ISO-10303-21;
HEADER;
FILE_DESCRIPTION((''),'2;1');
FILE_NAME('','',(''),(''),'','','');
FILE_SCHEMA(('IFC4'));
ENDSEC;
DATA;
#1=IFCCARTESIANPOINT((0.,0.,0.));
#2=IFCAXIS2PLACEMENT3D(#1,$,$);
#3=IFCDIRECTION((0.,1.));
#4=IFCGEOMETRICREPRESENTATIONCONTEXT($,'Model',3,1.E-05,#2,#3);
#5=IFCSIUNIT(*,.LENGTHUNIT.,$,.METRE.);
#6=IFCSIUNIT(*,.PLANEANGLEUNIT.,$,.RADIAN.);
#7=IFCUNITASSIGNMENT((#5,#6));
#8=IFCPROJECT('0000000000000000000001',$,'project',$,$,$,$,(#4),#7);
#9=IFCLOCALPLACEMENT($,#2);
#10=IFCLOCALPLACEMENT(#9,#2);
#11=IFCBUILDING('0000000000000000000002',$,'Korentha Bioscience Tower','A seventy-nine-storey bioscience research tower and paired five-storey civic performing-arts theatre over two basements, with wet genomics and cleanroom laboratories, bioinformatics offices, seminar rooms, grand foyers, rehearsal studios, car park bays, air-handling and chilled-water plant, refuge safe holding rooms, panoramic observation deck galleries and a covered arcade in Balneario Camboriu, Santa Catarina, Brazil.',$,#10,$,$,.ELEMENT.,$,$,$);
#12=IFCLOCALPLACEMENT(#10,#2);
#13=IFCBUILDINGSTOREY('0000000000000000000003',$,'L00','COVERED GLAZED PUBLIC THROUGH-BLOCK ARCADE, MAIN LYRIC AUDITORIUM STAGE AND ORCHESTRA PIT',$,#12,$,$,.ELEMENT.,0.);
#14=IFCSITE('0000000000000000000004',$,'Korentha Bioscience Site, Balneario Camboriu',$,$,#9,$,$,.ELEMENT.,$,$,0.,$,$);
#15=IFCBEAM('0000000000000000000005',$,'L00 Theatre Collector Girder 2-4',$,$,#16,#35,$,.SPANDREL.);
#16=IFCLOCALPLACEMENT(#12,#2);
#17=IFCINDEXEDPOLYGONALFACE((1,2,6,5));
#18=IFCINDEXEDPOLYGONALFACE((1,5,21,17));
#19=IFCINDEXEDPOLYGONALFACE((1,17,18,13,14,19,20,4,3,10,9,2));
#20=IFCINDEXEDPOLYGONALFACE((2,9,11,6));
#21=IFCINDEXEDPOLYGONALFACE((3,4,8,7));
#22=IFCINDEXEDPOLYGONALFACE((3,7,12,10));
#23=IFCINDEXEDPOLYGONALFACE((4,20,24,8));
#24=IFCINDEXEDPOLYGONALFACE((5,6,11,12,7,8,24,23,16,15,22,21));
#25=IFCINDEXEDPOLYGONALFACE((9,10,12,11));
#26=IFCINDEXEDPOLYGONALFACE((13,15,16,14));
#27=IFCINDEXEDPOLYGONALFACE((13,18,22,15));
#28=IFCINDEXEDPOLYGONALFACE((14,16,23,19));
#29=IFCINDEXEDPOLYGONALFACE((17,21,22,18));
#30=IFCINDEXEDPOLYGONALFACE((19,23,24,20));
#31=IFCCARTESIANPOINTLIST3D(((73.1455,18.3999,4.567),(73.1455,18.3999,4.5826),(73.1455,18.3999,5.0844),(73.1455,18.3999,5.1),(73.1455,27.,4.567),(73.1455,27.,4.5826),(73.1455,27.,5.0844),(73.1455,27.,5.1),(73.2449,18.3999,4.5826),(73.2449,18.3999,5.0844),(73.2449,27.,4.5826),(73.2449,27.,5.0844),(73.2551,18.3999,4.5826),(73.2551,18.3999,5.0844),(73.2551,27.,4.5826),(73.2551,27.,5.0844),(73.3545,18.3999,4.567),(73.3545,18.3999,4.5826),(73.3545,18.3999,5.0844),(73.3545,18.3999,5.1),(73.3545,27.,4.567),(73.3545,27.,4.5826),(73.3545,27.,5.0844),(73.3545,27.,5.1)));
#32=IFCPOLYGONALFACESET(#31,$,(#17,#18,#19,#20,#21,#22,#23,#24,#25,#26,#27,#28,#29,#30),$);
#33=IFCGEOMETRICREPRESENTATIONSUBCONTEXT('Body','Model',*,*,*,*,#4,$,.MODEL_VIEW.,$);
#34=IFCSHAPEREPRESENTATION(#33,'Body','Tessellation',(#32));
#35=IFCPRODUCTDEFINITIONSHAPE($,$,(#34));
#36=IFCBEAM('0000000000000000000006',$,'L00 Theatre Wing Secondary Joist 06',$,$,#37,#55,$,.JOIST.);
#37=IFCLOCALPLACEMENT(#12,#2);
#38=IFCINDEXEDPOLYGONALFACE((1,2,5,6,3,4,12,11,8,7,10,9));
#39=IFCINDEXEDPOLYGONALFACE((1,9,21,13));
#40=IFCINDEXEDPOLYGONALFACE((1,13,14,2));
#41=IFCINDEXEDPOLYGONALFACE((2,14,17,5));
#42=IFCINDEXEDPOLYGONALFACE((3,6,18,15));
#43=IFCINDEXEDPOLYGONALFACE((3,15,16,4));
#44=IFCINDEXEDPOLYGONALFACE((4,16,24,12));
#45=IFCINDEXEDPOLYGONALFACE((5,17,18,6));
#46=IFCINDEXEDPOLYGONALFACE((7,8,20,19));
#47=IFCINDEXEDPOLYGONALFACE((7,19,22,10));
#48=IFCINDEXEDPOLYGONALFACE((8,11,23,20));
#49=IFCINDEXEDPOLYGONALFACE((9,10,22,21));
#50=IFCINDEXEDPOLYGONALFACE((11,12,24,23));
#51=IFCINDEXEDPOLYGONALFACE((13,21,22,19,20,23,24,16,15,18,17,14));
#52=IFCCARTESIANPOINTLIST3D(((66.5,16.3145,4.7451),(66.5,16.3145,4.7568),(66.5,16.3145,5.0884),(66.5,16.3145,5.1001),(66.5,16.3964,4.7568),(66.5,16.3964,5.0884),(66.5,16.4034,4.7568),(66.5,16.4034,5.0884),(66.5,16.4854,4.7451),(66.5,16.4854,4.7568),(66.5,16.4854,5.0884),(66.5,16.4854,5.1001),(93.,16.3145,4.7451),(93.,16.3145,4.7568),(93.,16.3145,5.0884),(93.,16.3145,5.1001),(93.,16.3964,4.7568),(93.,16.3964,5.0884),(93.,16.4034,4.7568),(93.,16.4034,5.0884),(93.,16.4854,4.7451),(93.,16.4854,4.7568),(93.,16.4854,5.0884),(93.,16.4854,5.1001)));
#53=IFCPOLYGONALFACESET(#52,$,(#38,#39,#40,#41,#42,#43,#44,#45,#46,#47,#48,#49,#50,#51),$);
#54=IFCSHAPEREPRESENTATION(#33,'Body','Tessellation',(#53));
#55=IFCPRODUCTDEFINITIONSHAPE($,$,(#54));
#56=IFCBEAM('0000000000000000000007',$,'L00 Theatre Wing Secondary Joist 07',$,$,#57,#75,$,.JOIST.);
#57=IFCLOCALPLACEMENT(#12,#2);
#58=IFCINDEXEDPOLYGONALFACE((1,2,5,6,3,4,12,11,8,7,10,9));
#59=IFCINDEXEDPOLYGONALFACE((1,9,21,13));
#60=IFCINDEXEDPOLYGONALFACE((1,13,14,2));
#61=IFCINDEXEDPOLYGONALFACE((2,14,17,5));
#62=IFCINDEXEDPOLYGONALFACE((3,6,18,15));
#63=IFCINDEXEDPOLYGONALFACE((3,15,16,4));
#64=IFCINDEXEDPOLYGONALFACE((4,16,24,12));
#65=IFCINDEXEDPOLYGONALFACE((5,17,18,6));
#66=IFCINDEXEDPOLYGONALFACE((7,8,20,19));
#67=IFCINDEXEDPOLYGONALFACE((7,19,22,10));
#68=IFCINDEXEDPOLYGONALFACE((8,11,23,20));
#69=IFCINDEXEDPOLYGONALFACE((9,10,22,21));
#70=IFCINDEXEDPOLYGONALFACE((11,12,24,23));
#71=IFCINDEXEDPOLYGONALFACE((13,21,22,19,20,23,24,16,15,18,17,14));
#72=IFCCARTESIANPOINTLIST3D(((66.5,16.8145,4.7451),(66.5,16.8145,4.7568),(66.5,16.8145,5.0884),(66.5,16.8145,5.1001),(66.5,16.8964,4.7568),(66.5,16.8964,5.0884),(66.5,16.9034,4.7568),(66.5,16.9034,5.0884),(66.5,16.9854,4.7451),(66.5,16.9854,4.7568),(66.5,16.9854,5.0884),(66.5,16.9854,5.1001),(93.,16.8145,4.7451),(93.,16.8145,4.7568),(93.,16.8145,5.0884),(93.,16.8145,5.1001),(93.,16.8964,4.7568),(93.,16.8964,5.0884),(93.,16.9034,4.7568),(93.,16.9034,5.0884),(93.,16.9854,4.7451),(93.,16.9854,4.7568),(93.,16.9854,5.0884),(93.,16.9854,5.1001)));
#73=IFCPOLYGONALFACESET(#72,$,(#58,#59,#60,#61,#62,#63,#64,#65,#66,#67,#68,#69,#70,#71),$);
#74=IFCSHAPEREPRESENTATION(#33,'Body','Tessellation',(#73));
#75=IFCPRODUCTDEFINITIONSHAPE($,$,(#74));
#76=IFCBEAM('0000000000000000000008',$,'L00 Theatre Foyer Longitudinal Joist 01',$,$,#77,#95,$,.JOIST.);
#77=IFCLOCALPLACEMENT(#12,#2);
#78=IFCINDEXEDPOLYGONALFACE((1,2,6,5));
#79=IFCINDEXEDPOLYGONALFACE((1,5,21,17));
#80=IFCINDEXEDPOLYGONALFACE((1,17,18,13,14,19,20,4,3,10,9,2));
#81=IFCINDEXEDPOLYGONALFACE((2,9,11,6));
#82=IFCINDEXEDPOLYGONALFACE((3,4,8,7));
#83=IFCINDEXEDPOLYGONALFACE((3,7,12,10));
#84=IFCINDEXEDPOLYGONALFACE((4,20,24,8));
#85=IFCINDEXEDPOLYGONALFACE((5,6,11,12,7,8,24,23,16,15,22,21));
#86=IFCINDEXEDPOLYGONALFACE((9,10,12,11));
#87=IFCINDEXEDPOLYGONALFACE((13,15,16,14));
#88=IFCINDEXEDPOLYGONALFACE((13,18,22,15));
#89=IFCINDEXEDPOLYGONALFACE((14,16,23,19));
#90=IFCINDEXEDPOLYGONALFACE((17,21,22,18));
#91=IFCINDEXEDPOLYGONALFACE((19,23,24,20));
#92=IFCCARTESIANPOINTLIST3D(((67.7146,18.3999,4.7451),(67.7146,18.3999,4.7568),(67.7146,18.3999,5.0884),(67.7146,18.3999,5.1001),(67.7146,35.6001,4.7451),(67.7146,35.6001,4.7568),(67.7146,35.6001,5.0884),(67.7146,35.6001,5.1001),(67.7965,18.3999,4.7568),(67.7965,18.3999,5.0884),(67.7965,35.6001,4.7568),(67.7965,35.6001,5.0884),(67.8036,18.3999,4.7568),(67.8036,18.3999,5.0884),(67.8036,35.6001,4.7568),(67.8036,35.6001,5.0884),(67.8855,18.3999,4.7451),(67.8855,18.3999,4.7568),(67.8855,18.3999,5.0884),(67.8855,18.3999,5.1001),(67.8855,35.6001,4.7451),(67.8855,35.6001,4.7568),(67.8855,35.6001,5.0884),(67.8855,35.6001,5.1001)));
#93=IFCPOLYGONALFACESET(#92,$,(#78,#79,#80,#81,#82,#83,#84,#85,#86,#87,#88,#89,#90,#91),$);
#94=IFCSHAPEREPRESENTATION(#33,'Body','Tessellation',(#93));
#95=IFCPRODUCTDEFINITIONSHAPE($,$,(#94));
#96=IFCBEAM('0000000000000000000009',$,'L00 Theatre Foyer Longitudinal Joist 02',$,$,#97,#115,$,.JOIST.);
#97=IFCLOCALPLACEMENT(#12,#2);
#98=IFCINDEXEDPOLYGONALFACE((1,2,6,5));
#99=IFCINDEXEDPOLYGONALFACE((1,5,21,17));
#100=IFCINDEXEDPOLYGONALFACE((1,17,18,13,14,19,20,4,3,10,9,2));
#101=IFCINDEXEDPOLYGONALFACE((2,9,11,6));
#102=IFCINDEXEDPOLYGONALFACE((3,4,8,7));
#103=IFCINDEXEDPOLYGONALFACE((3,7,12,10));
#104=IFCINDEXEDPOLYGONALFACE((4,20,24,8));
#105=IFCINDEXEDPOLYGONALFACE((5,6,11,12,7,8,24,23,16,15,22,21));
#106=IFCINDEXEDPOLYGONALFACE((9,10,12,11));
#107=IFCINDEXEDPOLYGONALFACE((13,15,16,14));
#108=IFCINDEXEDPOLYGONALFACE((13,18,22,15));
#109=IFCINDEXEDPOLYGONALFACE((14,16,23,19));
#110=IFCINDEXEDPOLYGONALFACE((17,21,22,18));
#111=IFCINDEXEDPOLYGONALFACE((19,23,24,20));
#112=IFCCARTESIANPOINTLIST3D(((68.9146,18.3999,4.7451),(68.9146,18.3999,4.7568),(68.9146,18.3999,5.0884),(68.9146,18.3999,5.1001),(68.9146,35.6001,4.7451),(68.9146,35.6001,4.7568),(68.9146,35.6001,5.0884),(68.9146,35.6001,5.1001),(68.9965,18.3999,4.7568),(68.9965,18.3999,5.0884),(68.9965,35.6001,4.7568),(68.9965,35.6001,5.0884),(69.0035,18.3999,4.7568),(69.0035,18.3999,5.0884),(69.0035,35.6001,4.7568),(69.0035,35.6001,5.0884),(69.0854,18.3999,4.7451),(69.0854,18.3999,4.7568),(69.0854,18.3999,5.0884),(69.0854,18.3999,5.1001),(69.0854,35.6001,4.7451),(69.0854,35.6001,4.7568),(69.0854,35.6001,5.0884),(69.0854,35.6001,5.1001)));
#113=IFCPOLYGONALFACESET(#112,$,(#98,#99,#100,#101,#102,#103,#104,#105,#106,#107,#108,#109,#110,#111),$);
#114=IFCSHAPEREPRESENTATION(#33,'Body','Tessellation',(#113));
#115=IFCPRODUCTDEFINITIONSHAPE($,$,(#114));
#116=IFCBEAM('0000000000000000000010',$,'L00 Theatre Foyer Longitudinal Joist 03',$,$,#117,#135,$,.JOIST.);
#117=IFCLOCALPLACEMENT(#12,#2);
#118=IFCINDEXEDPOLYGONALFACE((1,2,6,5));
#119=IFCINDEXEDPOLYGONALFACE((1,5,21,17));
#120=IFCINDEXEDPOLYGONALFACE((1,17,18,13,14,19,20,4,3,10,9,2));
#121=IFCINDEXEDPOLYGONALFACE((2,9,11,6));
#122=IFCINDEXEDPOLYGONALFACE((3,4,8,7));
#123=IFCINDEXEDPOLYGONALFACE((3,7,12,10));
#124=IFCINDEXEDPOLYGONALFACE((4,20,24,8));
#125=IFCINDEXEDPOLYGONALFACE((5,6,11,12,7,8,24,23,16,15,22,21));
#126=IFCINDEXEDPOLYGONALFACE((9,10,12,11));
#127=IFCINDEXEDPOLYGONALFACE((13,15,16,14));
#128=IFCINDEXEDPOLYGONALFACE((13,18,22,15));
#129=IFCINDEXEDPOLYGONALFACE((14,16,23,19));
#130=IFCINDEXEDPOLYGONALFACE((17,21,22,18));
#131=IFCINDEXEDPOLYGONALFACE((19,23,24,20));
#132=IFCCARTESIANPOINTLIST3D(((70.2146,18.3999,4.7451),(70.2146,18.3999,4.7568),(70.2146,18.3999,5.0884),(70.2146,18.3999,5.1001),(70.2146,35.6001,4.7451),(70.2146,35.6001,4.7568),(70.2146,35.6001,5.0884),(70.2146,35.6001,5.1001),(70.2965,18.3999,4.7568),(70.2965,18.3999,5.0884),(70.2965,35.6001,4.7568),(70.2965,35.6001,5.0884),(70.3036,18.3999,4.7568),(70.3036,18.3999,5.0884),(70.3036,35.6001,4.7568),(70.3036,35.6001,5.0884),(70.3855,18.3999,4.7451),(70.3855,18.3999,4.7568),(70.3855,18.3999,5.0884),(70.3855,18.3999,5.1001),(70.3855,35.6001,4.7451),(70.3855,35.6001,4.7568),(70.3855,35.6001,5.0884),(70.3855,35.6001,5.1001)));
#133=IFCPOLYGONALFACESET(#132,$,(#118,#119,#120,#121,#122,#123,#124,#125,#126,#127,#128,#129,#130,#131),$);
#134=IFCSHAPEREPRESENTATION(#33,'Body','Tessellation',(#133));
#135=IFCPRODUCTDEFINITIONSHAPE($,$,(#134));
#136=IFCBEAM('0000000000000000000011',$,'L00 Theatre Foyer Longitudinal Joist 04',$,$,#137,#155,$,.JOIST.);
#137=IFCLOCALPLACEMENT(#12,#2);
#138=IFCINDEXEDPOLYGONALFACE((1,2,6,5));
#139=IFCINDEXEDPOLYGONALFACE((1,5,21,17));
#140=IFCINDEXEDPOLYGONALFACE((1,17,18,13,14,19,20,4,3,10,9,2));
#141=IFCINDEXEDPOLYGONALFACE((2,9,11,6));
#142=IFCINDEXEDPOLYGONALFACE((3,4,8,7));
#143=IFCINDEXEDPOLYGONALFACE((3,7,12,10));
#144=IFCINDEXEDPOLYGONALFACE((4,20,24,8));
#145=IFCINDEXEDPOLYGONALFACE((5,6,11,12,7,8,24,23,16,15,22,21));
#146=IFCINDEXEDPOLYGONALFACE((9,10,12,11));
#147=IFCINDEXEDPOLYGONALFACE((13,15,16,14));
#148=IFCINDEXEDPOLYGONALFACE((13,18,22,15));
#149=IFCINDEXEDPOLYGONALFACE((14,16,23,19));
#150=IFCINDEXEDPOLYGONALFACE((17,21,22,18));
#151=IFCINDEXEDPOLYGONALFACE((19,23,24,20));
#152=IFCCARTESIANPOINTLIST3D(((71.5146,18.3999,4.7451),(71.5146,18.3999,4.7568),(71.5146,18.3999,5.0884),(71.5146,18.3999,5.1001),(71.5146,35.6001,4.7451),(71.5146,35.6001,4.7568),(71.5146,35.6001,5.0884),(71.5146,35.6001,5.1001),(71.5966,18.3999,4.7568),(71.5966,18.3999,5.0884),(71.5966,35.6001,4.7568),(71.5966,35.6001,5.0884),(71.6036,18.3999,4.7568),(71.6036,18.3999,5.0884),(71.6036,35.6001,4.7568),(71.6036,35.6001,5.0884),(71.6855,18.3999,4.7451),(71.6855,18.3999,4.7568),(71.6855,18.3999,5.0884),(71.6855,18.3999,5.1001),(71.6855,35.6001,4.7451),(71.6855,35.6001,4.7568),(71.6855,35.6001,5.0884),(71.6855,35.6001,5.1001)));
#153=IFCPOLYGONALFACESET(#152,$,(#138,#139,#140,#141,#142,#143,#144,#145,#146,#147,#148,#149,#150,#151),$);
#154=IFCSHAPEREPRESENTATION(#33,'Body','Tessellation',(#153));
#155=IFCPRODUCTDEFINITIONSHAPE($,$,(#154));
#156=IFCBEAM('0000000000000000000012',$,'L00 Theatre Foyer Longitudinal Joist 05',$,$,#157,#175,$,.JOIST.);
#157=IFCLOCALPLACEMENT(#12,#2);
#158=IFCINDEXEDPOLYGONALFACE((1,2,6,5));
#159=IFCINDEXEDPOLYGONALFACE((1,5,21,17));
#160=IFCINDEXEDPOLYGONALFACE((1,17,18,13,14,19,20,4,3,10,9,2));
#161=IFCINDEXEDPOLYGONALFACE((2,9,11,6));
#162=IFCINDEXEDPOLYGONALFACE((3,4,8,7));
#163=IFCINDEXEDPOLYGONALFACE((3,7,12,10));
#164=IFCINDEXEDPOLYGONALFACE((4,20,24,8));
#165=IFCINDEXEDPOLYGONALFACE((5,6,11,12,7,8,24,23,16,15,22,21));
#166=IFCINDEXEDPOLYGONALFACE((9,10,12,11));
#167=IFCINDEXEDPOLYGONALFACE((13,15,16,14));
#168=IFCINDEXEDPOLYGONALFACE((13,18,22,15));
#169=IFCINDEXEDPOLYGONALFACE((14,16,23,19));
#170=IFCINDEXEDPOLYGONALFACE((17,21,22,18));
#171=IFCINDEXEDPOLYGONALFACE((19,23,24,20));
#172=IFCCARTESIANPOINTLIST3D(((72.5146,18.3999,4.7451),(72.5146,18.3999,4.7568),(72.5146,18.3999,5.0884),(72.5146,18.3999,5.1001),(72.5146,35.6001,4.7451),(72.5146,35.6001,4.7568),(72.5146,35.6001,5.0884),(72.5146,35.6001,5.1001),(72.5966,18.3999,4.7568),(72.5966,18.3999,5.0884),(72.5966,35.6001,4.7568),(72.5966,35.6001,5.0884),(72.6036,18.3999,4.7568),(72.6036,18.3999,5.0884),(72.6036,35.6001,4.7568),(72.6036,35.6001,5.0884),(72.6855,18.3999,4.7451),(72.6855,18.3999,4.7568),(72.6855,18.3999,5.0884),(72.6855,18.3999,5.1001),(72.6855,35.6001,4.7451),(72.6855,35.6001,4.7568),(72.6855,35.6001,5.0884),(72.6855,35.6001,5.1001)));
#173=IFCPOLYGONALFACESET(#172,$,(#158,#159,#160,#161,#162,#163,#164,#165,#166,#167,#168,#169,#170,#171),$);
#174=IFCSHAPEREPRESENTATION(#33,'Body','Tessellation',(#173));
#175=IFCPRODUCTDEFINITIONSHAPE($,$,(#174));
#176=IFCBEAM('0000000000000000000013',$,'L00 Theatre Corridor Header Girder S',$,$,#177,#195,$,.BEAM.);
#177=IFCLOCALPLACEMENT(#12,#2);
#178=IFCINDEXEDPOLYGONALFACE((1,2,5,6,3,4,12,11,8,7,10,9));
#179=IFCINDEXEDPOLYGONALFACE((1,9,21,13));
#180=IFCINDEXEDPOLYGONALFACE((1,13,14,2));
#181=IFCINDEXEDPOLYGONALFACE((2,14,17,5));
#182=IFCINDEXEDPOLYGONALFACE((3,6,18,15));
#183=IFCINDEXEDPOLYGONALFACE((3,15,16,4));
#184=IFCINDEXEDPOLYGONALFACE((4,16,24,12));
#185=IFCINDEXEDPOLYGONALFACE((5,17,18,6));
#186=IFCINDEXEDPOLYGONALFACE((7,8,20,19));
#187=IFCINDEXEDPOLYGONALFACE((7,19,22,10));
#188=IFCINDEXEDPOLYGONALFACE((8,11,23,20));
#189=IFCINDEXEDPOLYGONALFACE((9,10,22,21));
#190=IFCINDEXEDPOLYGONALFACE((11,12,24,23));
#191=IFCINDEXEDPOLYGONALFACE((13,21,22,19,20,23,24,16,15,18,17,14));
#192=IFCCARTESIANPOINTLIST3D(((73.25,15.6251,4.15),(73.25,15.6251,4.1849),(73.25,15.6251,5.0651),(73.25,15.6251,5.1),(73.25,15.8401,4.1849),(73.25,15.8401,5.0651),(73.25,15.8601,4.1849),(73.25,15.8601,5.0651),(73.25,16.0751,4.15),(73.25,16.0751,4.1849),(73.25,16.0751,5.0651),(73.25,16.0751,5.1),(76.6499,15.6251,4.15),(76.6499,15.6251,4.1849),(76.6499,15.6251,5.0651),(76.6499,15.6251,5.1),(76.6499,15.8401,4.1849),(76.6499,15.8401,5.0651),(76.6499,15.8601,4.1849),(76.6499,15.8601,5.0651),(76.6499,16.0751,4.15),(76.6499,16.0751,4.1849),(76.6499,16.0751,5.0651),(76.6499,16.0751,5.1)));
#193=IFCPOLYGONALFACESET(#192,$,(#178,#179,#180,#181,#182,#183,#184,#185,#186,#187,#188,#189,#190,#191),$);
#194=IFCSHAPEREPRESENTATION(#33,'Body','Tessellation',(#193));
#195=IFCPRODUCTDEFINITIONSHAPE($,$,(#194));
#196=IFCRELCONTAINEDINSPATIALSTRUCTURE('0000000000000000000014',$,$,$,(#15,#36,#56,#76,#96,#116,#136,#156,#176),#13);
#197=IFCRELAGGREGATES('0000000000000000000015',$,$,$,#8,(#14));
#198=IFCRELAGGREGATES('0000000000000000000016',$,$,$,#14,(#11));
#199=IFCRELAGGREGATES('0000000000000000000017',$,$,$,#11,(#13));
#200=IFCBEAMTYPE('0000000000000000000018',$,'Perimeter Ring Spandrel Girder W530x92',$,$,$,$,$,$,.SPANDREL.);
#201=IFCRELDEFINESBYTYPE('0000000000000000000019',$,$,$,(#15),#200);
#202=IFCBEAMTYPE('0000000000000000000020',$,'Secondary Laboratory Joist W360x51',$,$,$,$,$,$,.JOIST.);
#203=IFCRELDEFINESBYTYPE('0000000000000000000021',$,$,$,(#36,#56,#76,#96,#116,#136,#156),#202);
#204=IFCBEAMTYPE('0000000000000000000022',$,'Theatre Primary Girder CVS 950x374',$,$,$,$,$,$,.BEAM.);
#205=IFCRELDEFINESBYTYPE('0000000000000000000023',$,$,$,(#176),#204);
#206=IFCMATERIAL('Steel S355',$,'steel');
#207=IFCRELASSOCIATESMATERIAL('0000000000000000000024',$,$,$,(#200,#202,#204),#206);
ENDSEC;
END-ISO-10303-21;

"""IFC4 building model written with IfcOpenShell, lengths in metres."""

from ifc_helpers import new_model, si_unit, direction, frame, origin, origin_2d, place, context, subcontext, project, spatial, i_section, extrude, material, material_profile, profile_set, type_object, element, save


model = new_model("IFC4")

# Units and contexts
model_context = context("Model", 3, precision=1e-05, world=origin(), true_north=direction((0.0, 1.0)))
body_context = subcontext(model_context, "Body", "Model", "MODEL_VIEW")
ifc_project = project(units=[si_unit("LENGTHUNIT", "METRE"), si_unit("PLANEANGLEUNIT", "RADIAN")], contexts=[model_context])

# Site, building, storey
site_placement = place(None, origin())
site = spatial("IfcSite", under=ifc_project, at=site_placement, Name="Korentha Bioscience Site, Balneario Camboriu", CompositionType="ELEMENT", RefElevation=0.0)
building_placement = place(site_placement, origin())
building = spatial("IfcBuilding", under=site, at=building_placement, Name="Korentha Bioscience Tower", Description="A seventy-nine-storey bioscience research tower and paired five-storey civic performing-arts theatre over two basements, with wet genomics and cleanroom laboratories, bioinformatics offices, seminar rooms, grand foyers, rehearsal studios, car park bays, air-handling and chilled-water plant, refuge safe holding rooms, panoramic observation deck galleries and a covered arcade in Balneario Camboriu, Santa Catarina, Brazil.", CompositionType="ELEMENT")
storey_placement = place(building_placement, origin())
storey = spatial("IfcBuildingStorey", under=building, at=storey_placement, Name="L00", Description="COVERED GLAZED PUBLIC THROUGH-BLOCK ARCADE, MAIN LYRIC AUDITORIUM STAGE AND ORCHESTRA PIT", CompositionType="ELEMENT", Elevation=0.0)

# Shared definitions
ifc_material_1 = material(Name="Steel S355", Category="steel")

# Beams
ifc_material_profile_1 = material_profile(ifc_material_1, i_section(OverallWidth=0.209, OverallDepth=0.533, WebThickness=0.0103, FlangeThickness=0.0156, at=origin_2d()), Name="Steel S355")
ifc_profile_set_1 = profile_set([ifc_material_profile_1], Name="Steel S355 (SB-530)")
beam_type_1 = type_object("IfcBeamType", Name="Perimeter Ring Spandrel Girder W530x92", PredefinedType="SPANDREL", material=ifc_profile_set_1)
beam_1_placement = place(storey_placement, frame((73.25, 18.3999, 4.8335), z_axis=(0.0, 1.0, 0.0), x_axis=(-1.0, 0.0, 0.0)))
element("IfcBeam", 1, at=beam_1_placement, inside=storey, type_object=beam_type_1, Name="L00 Theatre Collector Girder 2-4", PredefinedType="SPANDREL", context=body_context, shape_type="SweptSolid", body=[
    extrude(i_section(OverallWidth=0.209, OverallDepth=0.533, WebThickness=0.0103, FlangeThickness=0.0156, at=origin_2d()), origin(), (0.0, 0.0, 1.0), 8.6001),
])
ifc_material_profile_2 = material_profile(ifc_material_1, i_section(OverallWidth=0.1709, OverallDepth=0.355, WebThickness=0.0071, FlangeThickness=0.0117, at=origin_2d()), Name="Steel S355")
ifc_profile_set_2 = profile_set([ifc_material_profile_2], Name="Steel S355 (JB-360)")
beam_type_2 = type_object("IfcBeamType", Name="Secondary Laboratory Joist W360x51", PredefinedType="JOIST", material=ifc_profile_set_2)
for number, where, z_axis, x_axis, name in (
    (2, (66.5, 16.3999, 4.9226), (1.0, 0.0, 0.0), (0.0, 1.0, 0.0), "L00 Theatre Wing Secondary Joist 06"),
    (3, (66.5, 16.8999, 4.9226), (1.0, 0.0, 0.0), (0.0, 1.0, 0.0), "L00 Theatre Wing Secondary Joist 07"),
):
    element("IfcBeam", number, at=place(storey_placement, frame(where, z_axis=z_axis, x_axis=x_axis)), inside=storey, type_object=beam_type_2, Name=name, PredefinedType="JOIST", context=body_context, shape_type="SweptSolid", body=[
        extrude(i_section(OverallWidth=0.1709, OverallDepth=0.355, WebThickness=0.0071, FlangeThickness=0.0117, at=origin_2d()), origin(), (0.0, 0.0, 1.0), 26.5),
    ])
for number, where, z_axis, x_axis, name in (
    (4, (67.8, 18.3999, 4.9226), (0.0, 1.0, 0.0), (-1.0, 0.0, 0.0), "L00 Theatre Foyer Longitudinal Joist 01"),
    (5, (69.0, 18.3999, 4.9226), (0.0, 1.0, 0.0), (-1.0, 0.0, 0.0), "L00 Theatre Foyer Longitudinal Joist 02"),
    (6, (70.3, 18.3999, 4.9226), (0.0, 1.0, 0.0), (-1.0, 0.0, 0.0), "L00 Theatre Foyer Longitudinal Joist 03"),
    (7, (71.6001, 18.3999, 4.9226), (0.0, 1.0, 0.0), (-1.0, 0.0, 0.0), "L00 Theatre Foyer Longitudinal Joist 04"),
    (8, (72.6001, 18.3999, 4.9226), (0.0, 1.0, 0.0), (-1.0, 0.0, 0.0), "L00 Theatre Foyer Longitudinal Joist 05"),
):
    element("IfcBeam", number, at=place(storey_placement, frame(where, z_axis=z_axis, x_axis=x_axis)), inside=storey, type_object=beam_type_2, Name=name, PredefinedType="JOIST", context=body_context, shape_type="SweptSolid", body=[
        extrude(i_section(OverallWidth=0.1709, OverallDepth=0.355, WebThickness=0.0071, FlangeThickness=0.0117, at=origin_2d()), origin(), (0.0, 0.0, 1.0), 17.2002),
    ])
ifc_material_profile_3 = material_profile(ifc_material_1, i_section(OverallWidth=0.45, OverallDepth=0.95, WebThickness=0.02, FlangeThickness=0.0349, at=origin_2d()), Name="Steel S355")
ifc_profile_set_3 = profile_set([ifc_material_profile_3], Name="Steel S355 (TB-950)")
beam_type_3 = type_object("IfcBeamType", Name="Theatre Primary Girder CVS 950x374", PredefinedType="BEAM", material=ifc_profile_set_3)
beam_2_placement = place(storey_placement, frame((73.25, 15.8501, 4.625), z_axis=(1.0, 0.0, 0.0), x_axis=(0.0, 1.0, 0.0)))
element("IfcBeam", 9, at=beam_2_placement, inside=storey, type_object=beam_type_3, Name="L00 Theatre Corridor Header Girder S", PredefinedType="BEAM", context=body_context, shape_type="SweptSolid", body=[
    extrude(i_section(OverallWidth=0.45, OverallDepth=0.95, WebThickness=0.02, FlangeThickness=0.0349, at=origin_2d()), origin(), (0.0, 0.0, 1.0), 3.3999),
])

save(model, "model.ifc")
